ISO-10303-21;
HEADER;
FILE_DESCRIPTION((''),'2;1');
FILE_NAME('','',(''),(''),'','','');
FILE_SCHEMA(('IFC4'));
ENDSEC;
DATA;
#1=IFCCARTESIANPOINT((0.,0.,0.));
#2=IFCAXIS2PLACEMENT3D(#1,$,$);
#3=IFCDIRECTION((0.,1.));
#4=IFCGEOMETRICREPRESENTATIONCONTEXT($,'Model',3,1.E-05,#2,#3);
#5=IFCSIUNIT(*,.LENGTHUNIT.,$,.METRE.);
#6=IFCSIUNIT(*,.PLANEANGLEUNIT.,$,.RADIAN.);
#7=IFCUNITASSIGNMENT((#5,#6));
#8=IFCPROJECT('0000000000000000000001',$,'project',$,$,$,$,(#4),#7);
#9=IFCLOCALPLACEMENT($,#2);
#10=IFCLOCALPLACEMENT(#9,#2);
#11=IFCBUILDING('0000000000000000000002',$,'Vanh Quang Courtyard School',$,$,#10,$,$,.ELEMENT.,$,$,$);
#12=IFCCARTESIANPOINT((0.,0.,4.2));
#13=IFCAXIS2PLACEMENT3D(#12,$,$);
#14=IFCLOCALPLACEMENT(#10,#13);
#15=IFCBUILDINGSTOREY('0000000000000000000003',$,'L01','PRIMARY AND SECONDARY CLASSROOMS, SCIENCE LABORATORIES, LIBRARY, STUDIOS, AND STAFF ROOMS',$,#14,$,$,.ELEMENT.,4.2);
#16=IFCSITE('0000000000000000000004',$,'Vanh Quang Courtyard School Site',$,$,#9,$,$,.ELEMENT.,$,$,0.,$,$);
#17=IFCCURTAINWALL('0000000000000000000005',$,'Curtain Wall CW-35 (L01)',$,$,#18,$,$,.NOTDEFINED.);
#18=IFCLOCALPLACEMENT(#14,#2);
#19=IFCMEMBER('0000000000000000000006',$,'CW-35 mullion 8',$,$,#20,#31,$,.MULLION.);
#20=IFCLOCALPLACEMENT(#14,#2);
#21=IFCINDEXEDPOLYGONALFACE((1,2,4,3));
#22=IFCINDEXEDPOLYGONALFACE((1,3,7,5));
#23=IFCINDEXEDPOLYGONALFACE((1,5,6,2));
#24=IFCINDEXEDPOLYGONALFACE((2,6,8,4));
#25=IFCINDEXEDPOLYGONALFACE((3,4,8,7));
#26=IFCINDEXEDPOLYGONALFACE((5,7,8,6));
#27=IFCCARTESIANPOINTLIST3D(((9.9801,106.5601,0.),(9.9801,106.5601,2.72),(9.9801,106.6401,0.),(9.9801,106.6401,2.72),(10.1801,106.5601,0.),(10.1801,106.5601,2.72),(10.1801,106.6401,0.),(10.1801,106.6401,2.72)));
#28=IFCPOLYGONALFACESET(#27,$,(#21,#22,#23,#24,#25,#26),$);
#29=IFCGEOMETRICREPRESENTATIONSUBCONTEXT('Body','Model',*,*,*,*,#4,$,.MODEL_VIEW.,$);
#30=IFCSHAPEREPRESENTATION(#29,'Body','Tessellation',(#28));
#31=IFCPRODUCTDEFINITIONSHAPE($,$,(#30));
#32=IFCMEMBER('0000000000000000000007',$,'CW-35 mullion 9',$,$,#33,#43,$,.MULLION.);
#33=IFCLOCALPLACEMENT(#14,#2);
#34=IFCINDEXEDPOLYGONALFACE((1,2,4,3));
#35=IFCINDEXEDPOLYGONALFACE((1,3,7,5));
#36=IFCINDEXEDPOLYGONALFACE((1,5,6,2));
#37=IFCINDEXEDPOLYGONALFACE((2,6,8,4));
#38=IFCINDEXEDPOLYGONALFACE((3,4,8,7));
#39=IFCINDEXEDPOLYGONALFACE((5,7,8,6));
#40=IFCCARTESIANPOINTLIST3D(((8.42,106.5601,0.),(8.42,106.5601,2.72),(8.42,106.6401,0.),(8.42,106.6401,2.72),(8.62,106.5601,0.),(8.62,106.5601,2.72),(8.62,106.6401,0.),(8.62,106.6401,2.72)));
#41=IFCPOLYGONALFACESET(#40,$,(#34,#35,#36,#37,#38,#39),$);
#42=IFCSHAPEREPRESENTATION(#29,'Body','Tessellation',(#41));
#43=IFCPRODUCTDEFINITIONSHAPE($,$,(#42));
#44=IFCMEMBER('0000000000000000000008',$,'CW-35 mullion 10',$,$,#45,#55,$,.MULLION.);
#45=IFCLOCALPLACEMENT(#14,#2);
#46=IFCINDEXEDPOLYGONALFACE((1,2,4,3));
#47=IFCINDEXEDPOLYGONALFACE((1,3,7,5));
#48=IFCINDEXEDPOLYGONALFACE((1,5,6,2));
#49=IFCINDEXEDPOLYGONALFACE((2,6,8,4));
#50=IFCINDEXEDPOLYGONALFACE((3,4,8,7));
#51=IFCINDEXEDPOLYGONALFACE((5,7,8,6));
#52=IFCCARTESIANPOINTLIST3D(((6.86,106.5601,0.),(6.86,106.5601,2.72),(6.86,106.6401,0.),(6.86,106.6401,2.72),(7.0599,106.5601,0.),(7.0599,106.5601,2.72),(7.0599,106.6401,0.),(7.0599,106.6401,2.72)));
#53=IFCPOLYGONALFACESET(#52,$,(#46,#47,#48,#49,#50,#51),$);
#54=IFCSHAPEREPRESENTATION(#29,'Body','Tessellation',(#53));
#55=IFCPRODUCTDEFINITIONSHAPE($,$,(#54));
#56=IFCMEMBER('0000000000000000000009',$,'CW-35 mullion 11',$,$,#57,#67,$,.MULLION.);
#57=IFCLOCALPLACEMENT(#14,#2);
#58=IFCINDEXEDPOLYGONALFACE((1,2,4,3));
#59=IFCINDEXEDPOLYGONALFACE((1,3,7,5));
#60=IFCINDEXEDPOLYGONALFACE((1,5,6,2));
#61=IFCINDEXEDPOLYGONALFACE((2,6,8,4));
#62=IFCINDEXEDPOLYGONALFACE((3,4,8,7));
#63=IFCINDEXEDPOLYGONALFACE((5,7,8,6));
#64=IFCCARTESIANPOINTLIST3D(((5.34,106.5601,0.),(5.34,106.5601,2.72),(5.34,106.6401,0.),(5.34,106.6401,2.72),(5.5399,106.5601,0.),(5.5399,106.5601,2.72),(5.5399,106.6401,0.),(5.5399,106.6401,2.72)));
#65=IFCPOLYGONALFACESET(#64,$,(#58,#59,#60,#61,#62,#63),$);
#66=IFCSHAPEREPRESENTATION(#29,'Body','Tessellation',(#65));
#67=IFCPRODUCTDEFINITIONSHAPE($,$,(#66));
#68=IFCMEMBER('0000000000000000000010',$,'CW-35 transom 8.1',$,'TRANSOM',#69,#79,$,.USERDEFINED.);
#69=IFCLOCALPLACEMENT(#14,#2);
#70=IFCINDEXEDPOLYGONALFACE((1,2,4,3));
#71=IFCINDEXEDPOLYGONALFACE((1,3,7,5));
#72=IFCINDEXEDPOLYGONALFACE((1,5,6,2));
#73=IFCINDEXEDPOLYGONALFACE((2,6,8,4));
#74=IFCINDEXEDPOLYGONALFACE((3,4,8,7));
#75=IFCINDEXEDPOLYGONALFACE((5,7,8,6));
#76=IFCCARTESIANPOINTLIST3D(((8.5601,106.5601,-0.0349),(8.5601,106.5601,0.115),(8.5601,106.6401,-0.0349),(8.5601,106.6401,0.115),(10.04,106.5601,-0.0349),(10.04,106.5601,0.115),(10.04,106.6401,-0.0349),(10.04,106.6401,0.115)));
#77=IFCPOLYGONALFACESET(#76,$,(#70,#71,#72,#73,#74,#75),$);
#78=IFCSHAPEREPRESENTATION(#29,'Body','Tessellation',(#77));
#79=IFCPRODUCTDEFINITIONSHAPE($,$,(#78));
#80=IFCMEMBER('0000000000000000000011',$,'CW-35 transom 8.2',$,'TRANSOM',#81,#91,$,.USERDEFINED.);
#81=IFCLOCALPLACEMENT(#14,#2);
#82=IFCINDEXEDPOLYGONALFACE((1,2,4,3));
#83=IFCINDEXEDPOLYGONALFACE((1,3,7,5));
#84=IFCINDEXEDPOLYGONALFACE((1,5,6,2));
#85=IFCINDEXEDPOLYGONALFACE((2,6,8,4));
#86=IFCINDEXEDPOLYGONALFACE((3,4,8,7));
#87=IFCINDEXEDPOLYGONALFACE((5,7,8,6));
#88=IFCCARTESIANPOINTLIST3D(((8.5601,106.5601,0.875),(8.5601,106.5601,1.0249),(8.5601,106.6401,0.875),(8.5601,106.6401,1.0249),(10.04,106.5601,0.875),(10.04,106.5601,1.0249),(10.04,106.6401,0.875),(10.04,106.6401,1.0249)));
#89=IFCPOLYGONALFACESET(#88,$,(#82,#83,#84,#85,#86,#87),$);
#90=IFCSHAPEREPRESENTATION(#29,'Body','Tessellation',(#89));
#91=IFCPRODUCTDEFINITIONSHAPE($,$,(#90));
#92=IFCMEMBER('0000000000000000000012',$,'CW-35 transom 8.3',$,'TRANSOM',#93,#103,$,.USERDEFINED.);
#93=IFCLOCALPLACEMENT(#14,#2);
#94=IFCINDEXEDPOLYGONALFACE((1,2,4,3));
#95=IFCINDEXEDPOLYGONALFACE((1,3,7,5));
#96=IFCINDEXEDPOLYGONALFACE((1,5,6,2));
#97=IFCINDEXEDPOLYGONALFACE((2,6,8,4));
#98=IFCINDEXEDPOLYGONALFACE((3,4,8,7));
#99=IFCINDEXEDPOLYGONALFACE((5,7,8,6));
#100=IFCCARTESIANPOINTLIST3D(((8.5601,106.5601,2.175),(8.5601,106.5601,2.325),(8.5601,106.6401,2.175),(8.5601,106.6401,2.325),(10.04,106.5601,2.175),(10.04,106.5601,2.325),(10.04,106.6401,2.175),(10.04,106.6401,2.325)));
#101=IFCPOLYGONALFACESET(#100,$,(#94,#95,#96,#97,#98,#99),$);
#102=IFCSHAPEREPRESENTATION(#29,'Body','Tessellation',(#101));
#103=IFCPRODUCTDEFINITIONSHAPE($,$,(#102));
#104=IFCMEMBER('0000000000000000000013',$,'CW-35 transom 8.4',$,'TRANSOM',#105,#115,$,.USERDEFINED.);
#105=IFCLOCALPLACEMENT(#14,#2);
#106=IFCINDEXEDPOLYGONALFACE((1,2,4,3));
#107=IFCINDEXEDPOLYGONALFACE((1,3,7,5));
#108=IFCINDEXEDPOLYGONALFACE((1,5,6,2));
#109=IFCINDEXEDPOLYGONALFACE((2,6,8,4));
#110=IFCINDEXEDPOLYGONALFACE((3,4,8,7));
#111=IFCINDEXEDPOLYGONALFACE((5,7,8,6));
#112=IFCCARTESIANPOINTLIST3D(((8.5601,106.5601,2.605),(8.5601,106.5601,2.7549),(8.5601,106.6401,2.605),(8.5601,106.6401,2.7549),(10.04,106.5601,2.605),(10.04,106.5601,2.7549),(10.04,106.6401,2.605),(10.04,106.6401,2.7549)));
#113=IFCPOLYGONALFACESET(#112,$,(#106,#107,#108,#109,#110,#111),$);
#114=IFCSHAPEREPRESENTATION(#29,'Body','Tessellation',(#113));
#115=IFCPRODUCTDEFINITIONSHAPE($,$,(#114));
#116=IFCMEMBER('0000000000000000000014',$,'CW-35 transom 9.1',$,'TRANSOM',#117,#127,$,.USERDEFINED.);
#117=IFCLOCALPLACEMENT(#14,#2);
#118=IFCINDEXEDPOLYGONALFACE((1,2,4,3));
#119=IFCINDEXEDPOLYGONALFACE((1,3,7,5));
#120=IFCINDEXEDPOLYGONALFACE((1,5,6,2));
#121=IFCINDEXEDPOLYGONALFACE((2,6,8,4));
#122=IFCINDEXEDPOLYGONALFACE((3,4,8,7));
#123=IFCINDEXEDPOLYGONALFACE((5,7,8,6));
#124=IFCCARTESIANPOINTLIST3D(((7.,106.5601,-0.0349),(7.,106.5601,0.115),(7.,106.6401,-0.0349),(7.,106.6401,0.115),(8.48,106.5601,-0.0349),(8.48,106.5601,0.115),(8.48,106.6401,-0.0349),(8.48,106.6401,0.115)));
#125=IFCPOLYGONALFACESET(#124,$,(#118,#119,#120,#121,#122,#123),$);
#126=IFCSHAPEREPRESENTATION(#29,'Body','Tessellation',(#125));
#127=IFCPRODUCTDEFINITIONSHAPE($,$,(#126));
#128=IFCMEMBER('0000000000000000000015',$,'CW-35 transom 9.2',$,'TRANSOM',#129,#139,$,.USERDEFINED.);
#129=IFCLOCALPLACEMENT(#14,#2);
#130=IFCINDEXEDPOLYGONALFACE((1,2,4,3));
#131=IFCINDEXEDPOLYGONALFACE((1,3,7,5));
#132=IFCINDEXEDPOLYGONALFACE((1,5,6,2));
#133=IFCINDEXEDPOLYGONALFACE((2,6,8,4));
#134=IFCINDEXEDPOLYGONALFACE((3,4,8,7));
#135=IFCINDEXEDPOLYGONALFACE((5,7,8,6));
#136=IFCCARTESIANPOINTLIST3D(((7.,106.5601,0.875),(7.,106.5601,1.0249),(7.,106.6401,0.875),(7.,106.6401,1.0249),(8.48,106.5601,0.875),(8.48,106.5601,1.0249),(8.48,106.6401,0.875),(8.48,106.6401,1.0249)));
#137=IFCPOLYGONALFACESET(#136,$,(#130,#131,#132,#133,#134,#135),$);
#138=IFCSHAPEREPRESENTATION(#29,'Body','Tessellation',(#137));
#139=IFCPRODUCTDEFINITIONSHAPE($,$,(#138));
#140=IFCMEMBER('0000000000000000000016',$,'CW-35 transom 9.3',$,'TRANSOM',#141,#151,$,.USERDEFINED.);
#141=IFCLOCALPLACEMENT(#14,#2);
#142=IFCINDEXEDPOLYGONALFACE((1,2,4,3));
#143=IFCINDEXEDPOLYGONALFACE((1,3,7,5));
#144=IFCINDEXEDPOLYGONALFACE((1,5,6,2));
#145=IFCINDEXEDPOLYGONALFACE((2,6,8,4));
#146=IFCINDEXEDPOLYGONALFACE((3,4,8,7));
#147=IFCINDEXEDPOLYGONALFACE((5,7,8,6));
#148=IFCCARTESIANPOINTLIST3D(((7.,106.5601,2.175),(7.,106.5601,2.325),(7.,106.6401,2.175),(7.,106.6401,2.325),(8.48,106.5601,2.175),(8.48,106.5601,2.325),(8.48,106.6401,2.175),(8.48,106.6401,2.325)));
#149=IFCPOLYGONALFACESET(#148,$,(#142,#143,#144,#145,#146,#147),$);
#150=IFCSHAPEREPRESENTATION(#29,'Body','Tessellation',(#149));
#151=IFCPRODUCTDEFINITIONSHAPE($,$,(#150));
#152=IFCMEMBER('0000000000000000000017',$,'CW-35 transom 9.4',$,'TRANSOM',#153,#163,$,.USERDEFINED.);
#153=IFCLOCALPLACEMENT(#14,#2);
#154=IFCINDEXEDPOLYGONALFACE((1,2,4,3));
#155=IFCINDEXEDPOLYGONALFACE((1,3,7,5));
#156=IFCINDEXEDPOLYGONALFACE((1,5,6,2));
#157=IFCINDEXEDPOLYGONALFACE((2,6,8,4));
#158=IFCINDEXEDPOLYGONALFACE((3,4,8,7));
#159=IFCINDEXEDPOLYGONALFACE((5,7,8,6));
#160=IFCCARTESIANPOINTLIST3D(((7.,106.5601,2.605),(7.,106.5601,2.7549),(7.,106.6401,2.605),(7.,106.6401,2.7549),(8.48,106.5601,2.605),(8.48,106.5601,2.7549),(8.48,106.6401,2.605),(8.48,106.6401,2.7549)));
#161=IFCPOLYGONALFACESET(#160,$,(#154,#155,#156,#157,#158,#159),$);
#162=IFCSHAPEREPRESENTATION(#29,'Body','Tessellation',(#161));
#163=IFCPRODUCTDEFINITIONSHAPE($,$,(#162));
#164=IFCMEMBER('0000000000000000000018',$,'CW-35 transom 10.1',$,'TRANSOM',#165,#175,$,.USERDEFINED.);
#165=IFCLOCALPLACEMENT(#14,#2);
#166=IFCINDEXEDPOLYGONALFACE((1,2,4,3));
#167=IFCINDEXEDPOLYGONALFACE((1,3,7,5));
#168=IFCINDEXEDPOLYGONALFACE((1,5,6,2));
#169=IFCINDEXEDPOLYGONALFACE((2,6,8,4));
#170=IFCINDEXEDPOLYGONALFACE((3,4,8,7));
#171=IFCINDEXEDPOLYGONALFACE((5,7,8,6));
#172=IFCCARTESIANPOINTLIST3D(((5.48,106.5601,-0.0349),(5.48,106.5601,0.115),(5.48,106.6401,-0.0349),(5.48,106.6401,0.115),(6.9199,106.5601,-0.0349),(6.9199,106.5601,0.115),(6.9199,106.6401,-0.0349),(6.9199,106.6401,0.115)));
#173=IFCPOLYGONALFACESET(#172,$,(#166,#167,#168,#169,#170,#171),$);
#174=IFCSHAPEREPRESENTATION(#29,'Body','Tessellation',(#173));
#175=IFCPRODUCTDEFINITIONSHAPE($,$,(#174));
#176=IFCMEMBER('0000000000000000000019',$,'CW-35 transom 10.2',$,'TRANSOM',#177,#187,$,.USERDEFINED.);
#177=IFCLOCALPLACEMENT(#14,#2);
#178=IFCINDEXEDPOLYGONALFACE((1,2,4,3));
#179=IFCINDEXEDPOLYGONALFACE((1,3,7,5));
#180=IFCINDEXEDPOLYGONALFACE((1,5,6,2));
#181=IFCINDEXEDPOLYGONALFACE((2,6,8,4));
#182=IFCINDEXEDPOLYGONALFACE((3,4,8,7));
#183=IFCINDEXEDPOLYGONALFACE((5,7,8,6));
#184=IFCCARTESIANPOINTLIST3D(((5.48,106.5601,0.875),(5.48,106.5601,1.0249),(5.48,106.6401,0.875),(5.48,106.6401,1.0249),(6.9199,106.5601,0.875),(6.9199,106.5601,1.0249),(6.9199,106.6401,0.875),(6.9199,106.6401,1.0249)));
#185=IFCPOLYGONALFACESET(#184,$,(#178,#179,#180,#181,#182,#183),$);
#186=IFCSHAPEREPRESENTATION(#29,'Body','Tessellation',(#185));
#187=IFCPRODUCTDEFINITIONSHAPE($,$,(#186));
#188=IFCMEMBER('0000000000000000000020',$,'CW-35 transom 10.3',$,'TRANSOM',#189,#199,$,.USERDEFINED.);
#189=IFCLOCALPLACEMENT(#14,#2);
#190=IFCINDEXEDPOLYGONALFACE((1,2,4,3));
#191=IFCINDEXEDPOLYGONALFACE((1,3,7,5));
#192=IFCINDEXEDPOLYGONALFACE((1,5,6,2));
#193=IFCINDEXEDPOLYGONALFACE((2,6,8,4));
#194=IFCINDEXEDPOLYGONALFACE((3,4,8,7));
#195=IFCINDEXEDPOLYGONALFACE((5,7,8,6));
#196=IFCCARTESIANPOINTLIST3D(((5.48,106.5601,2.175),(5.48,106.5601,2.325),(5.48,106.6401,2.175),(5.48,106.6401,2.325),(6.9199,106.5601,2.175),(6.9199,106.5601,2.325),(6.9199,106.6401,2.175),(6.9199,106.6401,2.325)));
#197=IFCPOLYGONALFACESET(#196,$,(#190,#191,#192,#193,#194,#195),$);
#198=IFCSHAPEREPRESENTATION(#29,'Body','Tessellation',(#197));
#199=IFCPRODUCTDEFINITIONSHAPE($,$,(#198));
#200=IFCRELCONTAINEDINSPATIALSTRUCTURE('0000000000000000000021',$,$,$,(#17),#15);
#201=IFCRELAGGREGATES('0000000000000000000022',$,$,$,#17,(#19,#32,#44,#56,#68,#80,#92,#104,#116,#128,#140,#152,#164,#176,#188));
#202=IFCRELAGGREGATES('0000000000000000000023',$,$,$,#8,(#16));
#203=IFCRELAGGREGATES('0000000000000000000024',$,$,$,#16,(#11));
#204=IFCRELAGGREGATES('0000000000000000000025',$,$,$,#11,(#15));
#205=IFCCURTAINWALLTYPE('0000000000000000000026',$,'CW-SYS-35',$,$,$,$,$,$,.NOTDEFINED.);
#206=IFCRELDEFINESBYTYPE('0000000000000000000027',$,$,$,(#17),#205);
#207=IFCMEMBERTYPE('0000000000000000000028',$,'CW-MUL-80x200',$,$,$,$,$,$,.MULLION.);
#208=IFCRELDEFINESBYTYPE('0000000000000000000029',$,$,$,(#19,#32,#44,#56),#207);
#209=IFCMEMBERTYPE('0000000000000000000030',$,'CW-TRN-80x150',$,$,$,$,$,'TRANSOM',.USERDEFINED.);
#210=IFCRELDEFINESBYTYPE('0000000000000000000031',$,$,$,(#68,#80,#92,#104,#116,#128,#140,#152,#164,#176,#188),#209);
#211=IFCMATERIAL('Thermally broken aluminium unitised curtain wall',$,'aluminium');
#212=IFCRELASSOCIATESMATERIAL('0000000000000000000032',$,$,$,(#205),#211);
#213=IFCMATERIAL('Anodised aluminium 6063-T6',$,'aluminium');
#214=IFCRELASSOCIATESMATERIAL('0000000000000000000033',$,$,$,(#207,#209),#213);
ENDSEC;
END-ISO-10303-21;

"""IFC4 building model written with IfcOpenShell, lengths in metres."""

from ifc_helpers import new_model, si_unit, direction, frame, origin, origin_2d, place, context, subcontext, project, spatial, rectangle, extrude, material, material_profile, profile_set, type_object, element, aggregate, save


model = new_model("IFC4")

# Units and contexts
model_context = context("Model", 3, precision=1e-05, world=origin(), true_north=direction((0.0, 1.0)))
body_context = subcontext(model_context, "Body", "Model", "MODEL_VIEW")
ifc_project = project(units=[si_unit("LENGTHUNIT", "METRE"), si_unit("PLANEANGLEUNIT", "RADIAN")], contexts=[model_context])

# Site, building, storey
site_placement = place(None, origin())
site = spatial("IfcSite", under=ifc_project, at=site_placement, Name="Vanh Quang Courtyard School Site", CompositionType="ELEMENT", RefElevation=0.0)
building_placement = place(site_placement, origin())
building = spatial("IfcBuilding", under=site, at=building_placement, Name="Vanh Quang Courtyard School", CompositionType="ELEMENT")
storey_placement = place(building_placement, frame((0.0, 0.0, 4.2)))
storey = spatial("IfcBuildingStorey", under=building, at=storey_placement, Name="L01", Description="PRIMARY AND SECONDARY CLASSROOMS, SCIENCE LABORATORIES, LIBRARY, STUDIOS, AND STAFF ROOMS", CompositionType="ELEMENT", Elevation=4.2)

# Curtain wall, members
ifc_material_1 = material(Name="Thermally broken aluminium unitised curtain wall", Category="aluminium")
curtain_wall_type = type_object("IfcCurtainWallType", Name="CW-SYS-35", PredefinedType="NOTDEFINED", material=ifc_material_1)
curtain_wall_placement = place(storey_placement, origin())
curtain_wall = element("IfcCurtainWall", 1, at=curtain_wall_placement, inside=storey, type_object=curtain_wall_type, Name="Curtain Wall CW-35 (L01)", PredefinedType="NOTDEFINED")
ifc_material_2 = material(Name="Anodised aluminium 6063-T6", Category="aluminium")
ifc_material_profile_1 = material_profile(ifc_material_2, rectangle(XDim=0.0801, YDim=0.2, at=origin_2d()), Name="ALU-MUL 80x200")
ifc_profile_set_1 = profile_set([ifc_material_profile_1], Name="Anodised aluminium 6063-T6")
member_type_1 = type_object("IfcMemberType", Name="CW-MUL-80x200", PredefinedType="MULLION", material=ifc_profile_set_1)
member_1_placement = place(storey_placement, frame((10.0801, 106.6001, 0.0), z_axis=(0.0, 0.0, 1.0), x_axis=(0.0, -1.0, 0.0)))
member_1 = element("IfcMember", 2, at=member_1_placement, type_object=member_type_1, Name="CW-35 mullion 8", PredefinedType="MULLION", context=body_context, shape_type="SweptSolid", body=[
    extrude(rectangle(XDim=0.0801, YDim=0.2, at=origin_2d()), origin(), (0.0, 0.0, 1.0), 2.72),
])
member_2_placement = place(storey_placement, frame((8.52, 106.6001, 0.0), z_axis=(0.0, 0.0, 1.0), x_axis=(0.0, -1.0, 0.0)))
member_2 = element("IfcMember", 3, at=member_2_placement, type_object=member_type_1, Name="CW-35 mullion 9", PredefinedType="MULLION", context=body_context, shape_type="SweptSolid", body=[
    extrude(rectangle(XDim=0.0801, YDim=0.2, at=origin_2d()), origin(), (0.0, 0.0, 1.0), 2.72),
])
member_3_placement = place(storey_placement, frame((6.96, 106.6001, 0.0), z_axis=(0.0, 0.0, 1.0), x_axis=(0.0, -1.0, 0.0)))
member_3 = element("IfcMember", 4, at=member_3_placement, type_object=member_type_1, Name="CW-35 mullion 10", PredefinedType="MULLION", context=body_context, shape_type="SweptSolid", body=[
    extrude(rectangle(XDim=0.0801, YDim=0.2, at=origin_2d()), origin(), (0.0, 0.0, 1.0), 2.72),
])
member_4_placement = place(storey_placement, frame((5.4399, 106.6001, 0.0), z_axis=(0.0, 0.0, 1.0), x_axis=(0.0, -1.0, 0.0)))
member_4 = element("IfcMember", 5, at=member_4_placement, type_object=member_type_1, Name="CW-35 mullion 11", PredefinedType="MULLION", context=body_context, shape_type="SweptSolid", body=[
    extrude(rectangle(XDim=0.0801, YDim=0.2, at=origin_2d()), origin(), (0.0, 0.0, 1.0), 2.72),
])
ifc_material_profile_2 = material_profile(ifc_material_2, rectangle(XDim=0.0801, YDim=0.1499, at=origin_2d()), Name="ALU-TRN 80x150")
ifc_profile_set_2 = profile_set([ifc_material_profile_2], Name="Anodised aluminium 6063-T6")
member_type_2 = type_object("IfcMemberType", Name="CW-TRN-80x150", ElementType="TRANSOM", PredefinedType="USERDEFINED", material=ifc_profile_set_2)
member_5_placement = place(storey_placement, frame((10.04, 106.6001, 0.04), z_axis=(-1.0, 0.0, 0.0), x_axis=(0.0, -1.0, 0.0)))
member_5 = element("IfcMember", 6, at=member_5_placement, type_object=member_type_2, Name="CW-35 transom 8.1", ObjectType="TRANSOM", PredefinedType="USERDEFINED", context=body_context, shape_type="SweptSolid", body=[
    extrude(rectangle(XDim=0.0801, YDim=0.1499, at=origin_2d()), origin(), (0.0, 0.0, 1.0), 1.48),
])
member_6_placement = place(storey_placement, frame((10.04, 106.6001, 0.95), z_axis=(-1.0, 0.0, 0.0), x_axis=(0.0, -1.0, 0.0)))
member_6 = element("IfcMember", 7, at=member_6_placement, type_object=member_type_2, Name="CW-35 transom 8.2", ObjectType="TRANSOM", PredefinedType="USERDEFINED", context=body_context, shape_type="SweptSolid", body=[
    extrude(rectangle(XDim=0.0801, YDim=0.1499, at=origin_2d()), origin(), (0.0, 0.0, 1.0), 1.48),
])
member_7_placement = place(storey_placement, frame((10.04, 106.6001, 2.25), z_axis=(-1.0, 0.0, 0.0), x_axis=(0.0, -1.0, 0.0)))
member_7 = element("IfcMember", 8, at=member_7_placement, type_object=member_type_2, Name="CW-35 transom 8.3", ObjectType="TRANSOM", PredefinedType="USERDEFINED", context=body_context, shape_type="SweptSolid", body=[
    extrude(rectangle(XDim=0.0801, YDim=0.1499, at=origin_2d()), origin(), (0.0, 0.0, 1.0), 1.48),
])
member_8_placement = place(storey_placement, frame((10.04, 106.6001, 2.6799), z_axis=(-1.0, 0.0, 0.0), x_axis=(0.0, -1.0, 0.0)))
member_8 = element("IfcMember", 9, at=member_8_placement, type_object=member_type_2, Name="CW-35 transom 8.4", ObjectType="TRANSOM", PredefinedType="USERDEFINED", context=body_context, shape_type="SweptSolid", body=[
    extrude(rectangle(XDim=0.0801, YDim=0.1499, at=origin_2d()), origin(), (0.0, 0.0, 1.0), 1.48),
])
member_9_placement = place(storey_placement, frame((8.48, 106.6001, 0.04), z_axis=(-1.0, 0.0, 0.0), x_axis=(0.0, -1.0, 0.0)))
member_9 = element("IfcMember", 10, at=member_9_placement, type_object=member_type_2, Name="CW-35 transom 9.1", ObjectType="TRANSOM", PredefinedType="USERDEFINED", context=body_context, shape_type="SweptSolid", body=[
    extrude(rectangle(XDim=0.0801, YDim=0.1499, at=origin_2d()), origin(), (0.0, 0.0, 1.0), 1.48),
])
member_10_placement = place(storey_placement, frame((8.48, 106.6001, 0.95), z_axis=(-1.0, 0.0, 0.0), x_axis=(0.0, -1.0, 0.0)))
member_10 = element("IfcMember", 11, at=member_10_placement, type_object=member_type_2, Name="CW-35 transom 9.2", ObjectType="TRANSOM", PredefinedType="USERDEFINED", context=body_context, shape_type="SweptSolid", body=[
    extrude(rectangle(XDim=0.0801, YDim=0.1499, at=origin_2d()), origin(), (0.0, 0.0, 1.0), 1.48),
])
member_11_placement = place(storey_placement, frame((8.48, 106.6001, 2.25), z_axis=(-1.0, 0.0, 0.0), x_axis=(0.0, -1.0, 0.0)))
member_11 = element("IfcMember", 12, at=member_11_placement, type_object=member_type_2, Name="CW-35 transom 9.3", ObjectType="TRANSOM", PredefinedType="USERDEFINED", context=body_context, shape_type="SweptSolid", body=[
    extrude(rectangle(XDim=0.0801, YDim=0.1499, at=origin_2d()), origin(), (0.0, 0.0, 1.0), 1.48),
])
member_12_placement = place(storey_placement, frame((8.48, 106.6001, 2.6799), z_axis=(-1.0, 0.0, 0.0), x_axis=(0.0, -1.0, 0.0)))
member_12 = element("IfcMember", 13, at=member_12_placement, type_object=member_type_2, Name="CW-35 transom 9.4", ObjectType="TRANSOM", PredefinedType="USERDEFINED", context=body_context, shape_type="SweptSolid", body=[
    extrude(rectangle(XDim=0.0801, YDim=0.1499, at=origin_2d()), origin(), (0.0, 0.0, 1.0), 1.48),
])
member_13_placement = place(storey_placement, frame((6.9199, 106.6001, 0.04), z_axis=(-1.0, 0.0, 0.0), x_axis=(0.0, -1.0, 0.0)))
member_13 = element("IfcMember", 14, at=member_13_placement, type_object=member_type_2, Name="CW-35 transom 10.1", ObjectType="TRANSOM", PredefinedType="USERDEFINED", context=body_context, shape_type="SweptSolid", body=[
    extrude(rectangle(XDim=0.0801, YDim=0.1499, at=origin_2d()), origin(), (0.0, 0.0, 1.0), 1.4399),
])
member_14_placement = place(storey_placement, frame((6.9199, 106.6001, 0.95), z_axis=(-1.0, 0.0, 0.0), x_axis=(0.0, -1.0, 0.0)))
member_14 = element("IfcMember", 15, at=member_14_placement, type_object=member_type_2, Name="CW-35 transom 10.2", ObjectType="TRANSOM", PredefinedType="USERDEFINED", context=body_context, shape_type="SweptSolid", body=[
    extrude(rectangle(XDim=0.0801, YDim=0.1499, at=origin_2d()), origin(), (0.0, 0.0, 1.0), 1.4399),
])
member_15_placement = place(storey_placement, frame((6.9199, 106.6001, 2.25), z_axis=(-1.0, 0.0, 0.0), x_axis=(0.0, -1.0, 0.0)))
member_15 = element("IfcMember", 16, at=member_15_placement, type_object=member_type_2, Name="CW-35 transom 10.3", ObjectType="TRANSOM", PredefinedType="USERDEFINED", context=body_context, shape_type="SweptSolid", body=[
    extrude(rectangle(XDim=0.0801, YDim=0.1499, at=origin_2d()), origin(), (0.0, 0.0, 1.0), 1.4399),
])
aggregate(curtain_wall, [member_1, member_2, member_3, member_4, member_5, member_6, member_7, member_8, member_9, member_10, member_11, member_12, member_13, member_14, member_15])

save(model, "model.ifc")
